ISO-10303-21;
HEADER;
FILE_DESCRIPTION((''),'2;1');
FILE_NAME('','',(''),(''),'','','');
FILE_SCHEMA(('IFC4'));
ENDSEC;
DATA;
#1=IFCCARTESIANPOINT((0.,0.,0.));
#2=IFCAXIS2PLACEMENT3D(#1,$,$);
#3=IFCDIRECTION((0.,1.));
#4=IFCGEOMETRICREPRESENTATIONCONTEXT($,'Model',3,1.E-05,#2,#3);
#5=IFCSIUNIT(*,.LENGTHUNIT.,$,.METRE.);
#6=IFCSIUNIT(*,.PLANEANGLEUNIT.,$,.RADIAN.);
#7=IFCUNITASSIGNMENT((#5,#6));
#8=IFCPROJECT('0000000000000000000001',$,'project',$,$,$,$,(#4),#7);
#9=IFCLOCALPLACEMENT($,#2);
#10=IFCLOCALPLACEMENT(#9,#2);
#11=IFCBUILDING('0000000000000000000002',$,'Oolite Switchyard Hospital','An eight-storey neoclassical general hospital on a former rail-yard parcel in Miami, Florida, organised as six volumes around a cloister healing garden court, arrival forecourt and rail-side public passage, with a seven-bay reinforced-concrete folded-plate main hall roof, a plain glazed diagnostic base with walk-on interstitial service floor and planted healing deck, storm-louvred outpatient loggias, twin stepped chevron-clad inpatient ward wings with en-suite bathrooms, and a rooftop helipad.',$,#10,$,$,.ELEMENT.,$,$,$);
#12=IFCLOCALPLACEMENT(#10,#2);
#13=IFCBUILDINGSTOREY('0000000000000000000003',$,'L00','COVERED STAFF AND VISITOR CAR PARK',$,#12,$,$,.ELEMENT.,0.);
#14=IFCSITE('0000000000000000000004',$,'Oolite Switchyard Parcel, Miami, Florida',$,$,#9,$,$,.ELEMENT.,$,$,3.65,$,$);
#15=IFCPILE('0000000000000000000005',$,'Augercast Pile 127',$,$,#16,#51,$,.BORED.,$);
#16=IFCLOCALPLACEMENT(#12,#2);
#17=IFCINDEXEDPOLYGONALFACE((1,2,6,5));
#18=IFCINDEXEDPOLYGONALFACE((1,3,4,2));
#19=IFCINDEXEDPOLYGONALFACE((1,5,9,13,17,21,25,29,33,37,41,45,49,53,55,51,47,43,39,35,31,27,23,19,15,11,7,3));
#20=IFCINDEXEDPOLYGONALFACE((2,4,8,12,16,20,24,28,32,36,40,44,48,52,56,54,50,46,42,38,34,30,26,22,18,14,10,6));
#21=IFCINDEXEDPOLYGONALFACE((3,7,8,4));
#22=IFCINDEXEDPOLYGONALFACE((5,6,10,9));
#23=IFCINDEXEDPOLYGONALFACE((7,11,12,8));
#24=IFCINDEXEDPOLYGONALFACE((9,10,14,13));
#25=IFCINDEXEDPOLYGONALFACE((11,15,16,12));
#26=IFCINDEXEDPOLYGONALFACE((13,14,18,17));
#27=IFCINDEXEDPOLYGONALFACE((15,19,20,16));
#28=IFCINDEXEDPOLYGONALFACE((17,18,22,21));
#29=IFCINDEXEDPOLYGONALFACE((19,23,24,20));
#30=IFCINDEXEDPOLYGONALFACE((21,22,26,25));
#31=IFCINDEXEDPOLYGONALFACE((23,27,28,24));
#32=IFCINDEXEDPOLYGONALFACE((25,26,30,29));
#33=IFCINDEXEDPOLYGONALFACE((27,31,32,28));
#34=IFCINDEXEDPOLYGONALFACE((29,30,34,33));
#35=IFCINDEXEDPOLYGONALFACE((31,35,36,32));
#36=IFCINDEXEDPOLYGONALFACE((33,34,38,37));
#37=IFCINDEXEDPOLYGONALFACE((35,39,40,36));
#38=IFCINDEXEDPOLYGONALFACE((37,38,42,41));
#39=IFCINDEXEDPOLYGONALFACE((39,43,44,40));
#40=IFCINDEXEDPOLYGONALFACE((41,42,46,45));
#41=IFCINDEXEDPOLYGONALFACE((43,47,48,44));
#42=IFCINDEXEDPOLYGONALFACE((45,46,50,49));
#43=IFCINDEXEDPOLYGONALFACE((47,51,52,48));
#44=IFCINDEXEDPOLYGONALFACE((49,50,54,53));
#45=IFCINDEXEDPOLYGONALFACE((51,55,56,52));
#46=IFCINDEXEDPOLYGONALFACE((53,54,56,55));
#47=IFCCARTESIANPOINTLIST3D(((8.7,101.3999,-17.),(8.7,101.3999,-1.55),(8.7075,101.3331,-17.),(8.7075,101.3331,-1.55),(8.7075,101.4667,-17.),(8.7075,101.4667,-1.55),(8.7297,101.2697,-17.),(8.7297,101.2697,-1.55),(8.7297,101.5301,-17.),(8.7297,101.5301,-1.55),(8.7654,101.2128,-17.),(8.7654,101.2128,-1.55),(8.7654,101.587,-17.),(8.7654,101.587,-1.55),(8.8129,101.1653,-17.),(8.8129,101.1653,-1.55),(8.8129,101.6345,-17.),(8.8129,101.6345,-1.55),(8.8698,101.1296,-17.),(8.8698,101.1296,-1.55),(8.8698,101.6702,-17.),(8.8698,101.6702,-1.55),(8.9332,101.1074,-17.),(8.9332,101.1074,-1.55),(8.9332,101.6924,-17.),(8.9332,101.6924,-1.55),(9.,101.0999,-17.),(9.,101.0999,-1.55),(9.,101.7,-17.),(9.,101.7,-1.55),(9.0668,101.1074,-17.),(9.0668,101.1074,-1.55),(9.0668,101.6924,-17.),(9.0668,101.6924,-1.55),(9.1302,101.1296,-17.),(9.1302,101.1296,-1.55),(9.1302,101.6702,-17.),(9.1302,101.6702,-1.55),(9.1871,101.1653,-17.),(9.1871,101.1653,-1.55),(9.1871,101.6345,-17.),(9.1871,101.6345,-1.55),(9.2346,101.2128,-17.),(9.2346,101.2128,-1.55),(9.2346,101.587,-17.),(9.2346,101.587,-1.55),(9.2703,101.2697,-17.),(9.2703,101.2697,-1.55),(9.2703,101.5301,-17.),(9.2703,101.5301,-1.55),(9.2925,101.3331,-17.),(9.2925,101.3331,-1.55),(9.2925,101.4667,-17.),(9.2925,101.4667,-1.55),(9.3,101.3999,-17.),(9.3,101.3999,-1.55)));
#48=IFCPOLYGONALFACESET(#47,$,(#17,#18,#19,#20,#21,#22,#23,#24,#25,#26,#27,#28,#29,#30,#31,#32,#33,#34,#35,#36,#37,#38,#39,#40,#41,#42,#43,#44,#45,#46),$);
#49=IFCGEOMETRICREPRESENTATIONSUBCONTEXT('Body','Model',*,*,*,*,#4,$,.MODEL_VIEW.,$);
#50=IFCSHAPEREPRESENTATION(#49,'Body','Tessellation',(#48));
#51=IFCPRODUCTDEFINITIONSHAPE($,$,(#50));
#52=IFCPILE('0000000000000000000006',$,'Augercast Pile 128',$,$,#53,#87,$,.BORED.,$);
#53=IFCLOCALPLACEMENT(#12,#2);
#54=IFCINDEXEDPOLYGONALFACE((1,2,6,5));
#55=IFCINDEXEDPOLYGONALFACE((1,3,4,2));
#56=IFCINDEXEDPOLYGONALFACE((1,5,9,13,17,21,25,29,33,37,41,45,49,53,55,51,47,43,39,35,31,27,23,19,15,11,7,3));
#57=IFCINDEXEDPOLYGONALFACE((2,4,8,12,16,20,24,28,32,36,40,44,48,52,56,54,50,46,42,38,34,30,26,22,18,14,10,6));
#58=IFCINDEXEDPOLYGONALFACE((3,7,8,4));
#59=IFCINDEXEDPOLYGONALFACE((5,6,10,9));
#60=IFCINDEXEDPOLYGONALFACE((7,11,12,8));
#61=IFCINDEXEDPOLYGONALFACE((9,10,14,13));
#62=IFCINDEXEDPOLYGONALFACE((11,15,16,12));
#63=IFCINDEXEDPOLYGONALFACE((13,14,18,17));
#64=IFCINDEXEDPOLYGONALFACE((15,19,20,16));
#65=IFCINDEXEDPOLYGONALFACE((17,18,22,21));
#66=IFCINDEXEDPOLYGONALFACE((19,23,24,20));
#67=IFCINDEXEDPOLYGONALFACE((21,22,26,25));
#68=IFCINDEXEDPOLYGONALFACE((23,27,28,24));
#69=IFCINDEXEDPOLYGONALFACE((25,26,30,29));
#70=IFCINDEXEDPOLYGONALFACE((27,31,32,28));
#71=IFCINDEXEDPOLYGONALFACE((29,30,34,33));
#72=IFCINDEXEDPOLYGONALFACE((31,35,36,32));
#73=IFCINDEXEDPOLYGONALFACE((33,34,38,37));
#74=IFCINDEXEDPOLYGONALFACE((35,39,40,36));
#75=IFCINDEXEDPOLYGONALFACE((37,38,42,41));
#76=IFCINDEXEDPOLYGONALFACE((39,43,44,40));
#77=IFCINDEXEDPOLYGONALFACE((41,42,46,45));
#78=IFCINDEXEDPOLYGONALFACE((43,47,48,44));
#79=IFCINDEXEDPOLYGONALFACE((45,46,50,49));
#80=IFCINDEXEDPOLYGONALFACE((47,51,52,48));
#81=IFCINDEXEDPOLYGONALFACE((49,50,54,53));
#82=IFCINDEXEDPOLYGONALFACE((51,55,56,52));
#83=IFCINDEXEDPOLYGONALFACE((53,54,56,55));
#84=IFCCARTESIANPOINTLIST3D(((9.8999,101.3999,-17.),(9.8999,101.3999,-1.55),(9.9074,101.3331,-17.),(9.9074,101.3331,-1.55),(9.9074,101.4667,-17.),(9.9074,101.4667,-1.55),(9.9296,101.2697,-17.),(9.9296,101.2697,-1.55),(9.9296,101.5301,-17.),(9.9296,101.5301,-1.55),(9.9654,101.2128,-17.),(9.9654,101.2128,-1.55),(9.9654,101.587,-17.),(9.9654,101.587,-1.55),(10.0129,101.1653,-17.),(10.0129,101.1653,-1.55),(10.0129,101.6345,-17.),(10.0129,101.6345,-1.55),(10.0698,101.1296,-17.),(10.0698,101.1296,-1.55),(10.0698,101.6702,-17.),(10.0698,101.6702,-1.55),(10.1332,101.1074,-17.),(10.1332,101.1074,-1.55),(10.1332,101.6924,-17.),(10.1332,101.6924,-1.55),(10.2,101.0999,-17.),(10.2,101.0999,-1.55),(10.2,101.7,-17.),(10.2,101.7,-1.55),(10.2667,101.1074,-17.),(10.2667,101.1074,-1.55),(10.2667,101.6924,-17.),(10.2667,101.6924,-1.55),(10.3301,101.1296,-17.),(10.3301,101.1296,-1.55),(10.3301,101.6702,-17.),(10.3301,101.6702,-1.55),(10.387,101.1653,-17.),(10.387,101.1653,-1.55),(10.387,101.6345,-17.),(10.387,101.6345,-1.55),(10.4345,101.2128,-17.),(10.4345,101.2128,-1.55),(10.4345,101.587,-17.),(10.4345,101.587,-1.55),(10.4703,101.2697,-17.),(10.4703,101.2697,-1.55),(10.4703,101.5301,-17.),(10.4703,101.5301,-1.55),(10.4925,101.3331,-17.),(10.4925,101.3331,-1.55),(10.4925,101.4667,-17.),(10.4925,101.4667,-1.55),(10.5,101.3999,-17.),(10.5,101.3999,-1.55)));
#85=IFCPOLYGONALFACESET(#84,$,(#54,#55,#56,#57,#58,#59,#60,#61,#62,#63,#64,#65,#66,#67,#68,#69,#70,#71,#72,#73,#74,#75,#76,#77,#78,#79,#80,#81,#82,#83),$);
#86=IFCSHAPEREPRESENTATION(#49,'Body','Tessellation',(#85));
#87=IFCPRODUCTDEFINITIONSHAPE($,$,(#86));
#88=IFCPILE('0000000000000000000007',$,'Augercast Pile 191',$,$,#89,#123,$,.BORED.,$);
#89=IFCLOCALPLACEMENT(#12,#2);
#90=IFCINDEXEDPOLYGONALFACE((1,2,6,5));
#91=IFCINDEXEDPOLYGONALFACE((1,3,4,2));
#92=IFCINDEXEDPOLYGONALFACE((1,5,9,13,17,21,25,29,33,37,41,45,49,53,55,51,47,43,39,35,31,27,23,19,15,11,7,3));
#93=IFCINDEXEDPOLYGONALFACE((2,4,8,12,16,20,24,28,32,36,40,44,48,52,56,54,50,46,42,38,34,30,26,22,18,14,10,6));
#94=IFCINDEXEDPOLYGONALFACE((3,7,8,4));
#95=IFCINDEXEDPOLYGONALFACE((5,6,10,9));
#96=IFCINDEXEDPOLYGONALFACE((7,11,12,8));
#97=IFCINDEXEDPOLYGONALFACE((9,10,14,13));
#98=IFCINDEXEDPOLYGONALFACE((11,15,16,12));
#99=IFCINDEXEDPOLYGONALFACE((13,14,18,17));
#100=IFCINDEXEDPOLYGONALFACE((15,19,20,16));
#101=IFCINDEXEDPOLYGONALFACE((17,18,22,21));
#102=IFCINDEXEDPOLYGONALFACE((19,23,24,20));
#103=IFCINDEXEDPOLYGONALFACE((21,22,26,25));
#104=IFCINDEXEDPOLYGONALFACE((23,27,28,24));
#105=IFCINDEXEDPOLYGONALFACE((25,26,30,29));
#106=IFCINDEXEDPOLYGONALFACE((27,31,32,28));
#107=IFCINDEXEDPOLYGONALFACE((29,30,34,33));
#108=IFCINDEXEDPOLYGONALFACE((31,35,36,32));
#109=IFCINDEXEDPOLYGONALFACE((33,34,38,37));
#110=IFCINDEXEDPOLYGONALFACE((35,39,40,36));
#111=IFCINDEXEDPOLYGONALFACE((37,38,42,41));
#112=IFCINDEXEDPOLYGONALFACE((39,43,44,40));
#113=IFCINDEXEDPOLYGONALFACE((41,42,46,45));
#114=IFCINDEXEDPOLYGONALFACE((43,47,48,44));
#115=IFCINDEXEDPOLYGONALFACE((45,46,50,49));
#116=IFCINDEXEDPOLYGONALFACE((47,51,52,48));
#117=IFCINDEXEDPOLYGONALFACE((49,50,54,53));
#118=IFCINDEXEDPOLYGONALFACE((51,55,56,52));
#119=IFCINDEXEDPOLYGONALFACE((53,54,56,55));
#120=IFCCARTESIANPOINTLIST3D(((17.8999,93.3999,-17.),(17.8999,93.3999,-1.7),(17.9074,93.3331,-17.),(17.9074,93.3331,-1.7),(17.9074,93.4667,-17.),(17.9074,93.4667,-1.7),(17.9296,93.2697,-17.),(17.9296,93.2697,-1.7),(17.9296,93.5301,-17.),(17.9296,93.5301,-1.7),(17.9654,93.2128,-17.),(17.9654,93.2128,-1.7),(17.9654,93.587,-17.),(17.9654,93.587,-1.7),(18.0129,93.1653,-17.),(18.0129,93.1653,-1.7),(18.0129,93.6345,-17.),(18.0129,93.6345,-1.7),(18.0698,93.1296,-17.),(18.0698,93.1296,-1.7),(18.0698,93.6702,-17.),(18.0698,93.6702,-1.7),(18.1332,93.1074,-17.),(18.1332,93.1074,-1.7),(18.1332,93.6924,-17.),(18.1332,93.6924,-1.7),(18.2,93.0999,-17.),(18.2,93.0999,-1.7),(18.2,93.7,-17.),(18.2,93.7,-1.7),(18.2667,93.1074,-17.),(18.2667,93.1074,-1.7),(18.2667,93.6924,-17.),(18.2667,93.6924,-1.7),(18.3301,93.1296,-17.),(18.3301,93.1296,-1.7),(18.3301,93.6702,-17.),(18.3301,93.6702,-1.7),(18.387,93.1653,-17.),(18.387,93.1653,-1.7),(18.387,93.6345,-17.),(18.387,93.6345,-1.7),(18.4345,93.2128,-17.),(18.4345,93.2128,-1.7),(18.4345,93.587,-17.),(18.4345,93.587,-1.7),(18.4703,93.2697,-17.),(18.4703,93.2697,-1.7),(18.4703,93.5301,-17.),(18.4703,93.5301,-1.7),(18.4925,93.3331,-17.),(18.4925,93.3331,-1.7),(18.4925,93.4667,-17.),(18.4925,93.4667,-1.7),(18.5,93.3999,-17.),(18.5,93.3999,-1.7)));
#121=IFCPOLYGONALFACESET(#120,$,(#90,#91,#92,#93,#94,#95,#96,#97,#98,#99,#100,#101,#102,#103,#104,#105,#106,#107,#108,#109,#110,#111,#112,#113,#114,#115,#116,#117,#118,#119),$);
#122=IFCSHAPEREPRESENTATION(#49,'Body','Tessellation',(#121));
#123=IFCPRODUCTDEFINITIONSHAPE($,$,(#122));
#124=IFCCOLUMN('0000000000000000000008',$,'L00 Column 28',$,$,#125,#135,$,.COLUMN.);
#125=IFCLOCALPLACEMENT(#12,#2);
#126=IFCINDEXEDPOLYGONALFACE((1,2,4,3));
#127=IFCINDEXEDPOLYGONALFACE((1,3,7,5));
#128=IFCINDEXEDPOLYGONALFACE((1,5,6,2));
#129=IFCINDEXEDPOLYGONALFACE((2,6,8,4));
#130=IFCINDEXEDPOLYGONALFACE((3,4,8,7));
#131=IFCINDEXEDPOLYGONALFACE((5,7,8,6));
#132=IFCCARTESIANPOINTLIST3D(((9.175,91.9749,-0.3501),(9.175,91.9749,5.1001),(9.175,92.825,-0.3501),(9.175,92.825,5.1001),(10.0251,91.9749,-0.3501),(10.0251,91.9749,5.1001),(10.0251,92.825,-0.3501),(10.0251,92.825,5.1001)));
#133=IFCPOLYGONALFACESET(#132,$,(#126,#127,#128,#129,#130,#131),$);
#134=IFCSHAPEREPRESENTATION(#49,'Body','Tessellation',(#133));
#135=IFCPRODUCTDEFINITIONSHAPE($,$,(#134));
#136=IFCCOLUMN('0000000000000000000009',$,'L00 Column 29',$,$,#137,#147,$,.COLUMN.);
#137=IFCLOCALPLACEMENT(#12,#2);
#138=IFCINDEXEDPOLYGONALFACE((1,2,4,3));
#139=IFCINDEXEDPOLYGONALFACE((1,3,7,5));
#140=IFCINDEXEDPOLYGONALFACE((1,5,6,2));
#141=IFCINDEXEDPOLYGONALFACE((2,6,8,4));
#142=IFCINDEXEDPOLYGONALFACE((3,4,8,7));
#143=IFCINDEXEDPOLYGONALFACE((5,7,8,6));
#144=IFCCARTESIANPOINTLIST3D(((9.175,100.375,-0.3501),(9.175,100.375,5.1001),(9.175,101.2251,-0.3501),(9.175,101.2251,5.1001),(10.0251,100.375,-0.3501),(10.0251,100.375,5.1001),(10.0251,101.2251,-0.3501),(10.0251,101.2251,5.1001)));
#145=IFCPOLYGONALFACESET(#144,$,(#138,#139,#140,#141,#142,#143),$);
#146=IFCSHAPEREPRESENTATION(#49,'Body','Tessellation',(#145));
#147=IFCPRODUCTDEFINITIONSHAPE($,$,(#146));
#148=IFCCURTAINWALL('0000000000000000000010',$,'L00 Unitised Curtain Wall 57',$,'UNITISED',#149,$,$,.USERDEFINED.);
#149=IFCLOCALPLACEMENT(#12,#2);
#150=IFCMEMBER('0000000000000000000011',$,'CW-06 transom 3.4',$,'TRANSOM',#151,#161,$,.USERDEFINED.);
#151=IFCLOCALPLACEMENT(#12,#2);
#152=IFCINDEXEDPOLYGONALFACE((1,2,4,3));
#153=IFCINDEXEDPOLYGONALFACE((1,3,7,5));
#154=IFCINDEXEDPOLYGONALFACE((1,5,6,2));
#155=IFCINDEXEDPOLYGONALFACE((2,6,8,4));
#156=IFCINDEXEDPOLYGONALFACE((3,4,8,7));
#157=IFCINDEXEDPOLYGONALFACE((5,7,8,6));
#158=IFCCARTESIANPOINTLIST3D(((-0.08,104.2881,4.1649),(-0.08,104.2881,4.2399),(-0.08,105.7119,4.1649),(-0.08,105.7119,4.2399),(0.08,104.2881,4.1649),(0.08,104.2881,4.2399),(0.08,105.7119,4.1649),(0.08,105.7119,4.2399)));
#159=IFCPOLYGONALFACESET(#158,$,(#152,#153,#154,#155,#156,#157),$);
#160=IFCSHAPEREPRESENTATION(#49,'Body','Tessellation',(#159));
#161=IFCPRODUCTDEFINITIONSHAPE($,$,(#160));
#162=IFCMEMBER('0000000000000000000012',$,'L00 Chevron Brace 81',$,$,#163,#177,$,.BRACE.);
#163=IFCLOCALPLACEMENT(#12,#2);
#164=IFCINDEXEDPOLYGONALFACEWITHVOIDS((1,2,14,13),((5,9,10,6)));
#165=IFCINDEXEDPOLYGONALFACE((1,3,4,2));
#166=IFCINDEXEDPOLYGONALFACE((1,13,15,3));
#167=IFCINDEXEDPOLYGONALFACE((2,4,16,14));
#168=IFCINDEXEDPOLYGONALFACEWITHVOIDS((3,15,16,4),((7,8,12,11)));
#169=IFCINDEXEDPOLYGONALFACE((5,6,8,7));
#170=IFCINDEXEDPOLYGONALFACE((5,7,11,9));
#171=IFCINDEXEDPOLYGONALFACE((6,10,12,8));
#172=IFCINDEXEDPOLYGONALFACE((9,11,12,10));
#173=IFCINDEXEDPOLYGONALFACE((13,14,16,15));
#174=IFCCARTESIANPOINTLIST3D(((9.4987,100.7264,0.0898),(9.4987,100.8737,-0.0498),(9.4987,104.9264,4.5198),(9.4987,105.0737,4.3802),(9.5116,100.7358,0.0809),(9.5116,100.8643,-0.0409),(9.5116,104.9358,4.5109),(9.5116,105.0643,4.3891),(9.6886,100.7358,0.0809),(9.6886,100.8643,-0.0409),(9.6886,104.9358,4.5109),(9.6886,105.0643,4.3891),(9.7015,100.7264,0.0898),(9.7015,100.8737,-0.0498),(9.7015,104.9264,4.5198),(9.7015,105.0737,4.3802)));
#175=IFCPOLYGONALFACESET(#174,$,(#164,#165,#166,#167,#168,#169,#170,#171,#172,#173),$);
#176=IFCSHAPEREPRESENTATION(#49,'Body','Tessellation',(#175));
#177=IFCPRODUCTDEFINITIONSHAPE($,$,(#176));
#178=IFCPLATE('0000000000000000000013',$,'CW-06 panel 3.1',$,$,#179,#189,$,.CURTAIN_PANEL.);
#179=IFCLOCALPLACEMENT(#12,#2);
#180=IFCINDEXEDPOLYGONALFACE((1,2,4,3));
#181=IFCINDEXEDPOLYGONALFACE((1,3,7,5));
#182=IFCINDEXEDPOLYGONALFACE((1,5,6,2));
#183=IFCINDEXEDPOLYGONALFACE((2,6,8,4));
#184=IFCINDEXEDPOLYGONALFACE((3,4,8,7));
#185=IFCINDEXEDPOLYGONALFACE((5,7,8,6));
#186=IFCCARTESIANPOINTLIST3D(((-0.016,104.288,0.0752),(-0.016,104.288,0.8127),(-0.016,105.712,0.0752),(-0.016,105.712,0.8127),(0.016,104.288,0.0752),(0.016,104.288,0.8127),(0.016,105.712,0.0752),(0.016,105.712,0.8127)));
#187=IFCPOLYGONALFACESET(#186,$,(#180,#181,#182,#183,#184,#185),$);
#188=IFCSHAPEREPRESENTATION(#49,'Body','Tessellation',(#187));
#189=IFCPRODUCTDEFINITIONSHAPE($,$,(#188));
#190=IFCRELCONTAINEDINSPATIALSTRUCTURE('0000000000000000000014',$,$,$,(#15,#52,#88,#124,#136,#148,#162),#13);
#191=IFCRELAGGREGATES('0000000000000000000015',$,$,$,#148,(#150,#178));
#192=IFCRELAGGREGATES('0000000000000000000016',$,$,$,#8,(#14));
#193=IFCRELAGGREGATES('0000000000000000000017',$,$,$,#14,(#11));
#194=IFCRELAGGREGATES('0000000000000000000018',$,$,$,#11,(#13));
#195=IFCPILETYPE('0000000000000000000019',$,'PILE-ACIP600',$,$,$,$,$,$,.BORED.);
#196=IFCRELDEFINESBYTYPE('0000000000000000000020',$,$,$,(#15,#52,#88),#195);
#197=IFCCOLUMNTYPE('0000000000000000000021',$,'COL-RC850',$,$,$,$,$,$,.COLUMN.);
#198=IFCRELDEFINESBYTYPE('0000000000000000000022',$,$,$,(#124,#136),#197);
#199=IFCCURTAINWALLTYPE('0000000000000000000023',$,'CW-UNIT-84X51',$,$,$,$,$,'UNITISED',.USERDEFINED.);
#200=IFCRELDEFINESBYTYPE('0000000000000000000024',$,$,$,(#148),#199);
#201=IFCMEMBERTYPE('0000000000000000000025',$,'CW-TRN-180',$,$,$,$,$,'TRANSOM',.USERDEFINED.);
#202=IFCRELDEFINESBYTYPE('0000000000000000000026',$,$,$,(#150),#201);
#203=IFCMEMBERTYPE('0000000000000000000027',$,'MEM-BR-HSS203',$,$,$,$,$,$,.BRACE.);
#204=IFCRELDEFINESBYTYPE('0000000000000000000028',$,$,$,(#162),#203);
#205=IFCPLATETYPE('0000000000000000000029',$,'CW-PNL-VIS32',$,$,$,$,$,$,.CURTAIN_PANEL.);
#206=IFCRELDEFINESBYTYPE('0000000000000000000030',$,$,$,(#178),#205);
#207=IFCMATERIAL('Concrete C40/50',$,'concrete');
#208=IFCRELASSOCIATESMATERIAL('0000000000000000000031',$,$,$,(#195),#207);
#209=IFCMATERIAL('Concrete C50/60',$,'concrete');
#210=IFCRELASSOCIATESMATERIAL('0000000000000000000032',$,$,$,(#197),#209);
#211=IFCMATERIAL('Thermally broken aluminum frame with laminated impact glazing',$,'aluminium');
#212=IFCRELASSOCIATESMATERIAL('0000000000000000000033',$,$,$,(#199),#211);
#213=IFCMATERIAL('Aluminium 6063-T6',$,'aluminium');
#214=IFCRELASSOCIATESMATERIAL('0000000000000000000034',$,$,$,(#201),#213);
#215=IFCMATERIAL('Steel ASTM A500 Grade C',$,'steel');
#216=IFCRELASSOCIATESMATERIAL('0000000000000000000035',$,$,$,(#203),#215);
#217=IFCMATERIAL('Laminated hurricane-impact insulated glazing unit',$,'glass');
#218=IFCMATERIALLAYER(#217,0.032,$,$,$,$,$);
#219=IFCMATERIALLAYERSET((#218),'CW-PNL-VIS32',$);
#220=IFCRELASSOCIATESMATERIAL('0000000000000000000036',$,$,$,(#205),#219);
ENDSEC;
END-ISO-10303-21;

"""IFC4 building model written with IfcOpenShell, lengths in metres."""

from ifc_helpers import new_model, si_unit, direction, frame, origin, origin_2d, place, context, subcontext, project, spatial, rectangle, hollow_rectangle, circle, extrude, material, layer, layer_set, material_profile, profile_set, type_object, element, aggregate, save


model = new_model("IFC4")

# Units and contexts
model_context = context("Model", 3, precision=1e-05, world=origin(), true_north=direction((0.0, 1.0)))
body_context = subcontext(model_context, "Body", "Model", "MODEL_VIEW")
ifc_project = project(units=[si_unit("LENGTHUNIT", "METRE"), si_unit("PLANEANGLEUNIT", "RADIAN")], contexts=[model_context])

# Site, building, storey
site_placement = place(None, origin())
site = spatial("IfcSite", under=ifc_project, at=site_placement, Name="Oolite Switchyard Parcel, Miami, Florida", CompositionType="ELEMENT", RefElevation=3.65)
building_placement = place(site_placement, origin())
building = spatial("IfcBuilding", under=site, at=building_placement, Name="Oolite Switchyard Hospital", Description="An eight-storey neoclassical general hospital on a former rail-yard parcel in Miami, Florida, organised as six volumes around a cloister healing garden court, arrival forecourt and rail-side public passage, with a seven-bay reinforced-concrete folded-plate main hall roof, a plain glazed diagnostic base with walk-on interstitial service floor and planted healing deck, storm-louvred outpatient loggias, twin stepped chevron-clad inpatient ward wings with en-suite bathrooms, and a rooftop helipad.", CompositionType="ELEMENT")
storey_placement = place(building_placement, origin())
storey = spatial("IfcBuildingStorey", under=building, at=storey_placement, Name="L00", Description="COVERED STAFF AND VISITOR CAR PARK", CompositionType="ELEMENT", Elevation=0.0)

# Shared definitions
ifc_material_1 = material(Name="Concrete C40/50", Category="concrete")

# Piles
ifc_material_profile_1 = material_profile(ifc_material_1, circle(Radius=0.3, at=origin_2d()), Name="PILE600")
ifc_profile_set_1 = profile_set([ifc_material_profile_1], Name="Concrete C40/50")
pile_type = type_object("IfcPileType", Name="PILE-ACIP600", PredefinedType="BORED", material=ifc_profile_set_1)
for number, where, z_axis, x_axis, name in (
    (1, (9.0, 101.3999, -1.55), (0.0, 0.0, -1.0), (1.0, 0.0, 0.0), "Augercast Pile 127"),
    (2, (10.2, 101.3999, -1.55), (0.0, 0.0, -1.0), (1.0, 0.0, 0.0), "Augercast Pile 128"),
):
    element("IfcPile", number, at=place(storey_placement, frame(where, z_axis=z_axis, x_axis=x_axis)), inside=storey, type_object=pile_type, Name=name, PredefinedType="BORED", context=body_context, shape_type="SweptSolid", body=[
        extrude(circle(Radius=0.3, at=origin_2d()), origin(), (0.0, 0.0, 1.0), 15.45),
    ])
pile_1_placement = place(storey_placement, frame((18.2, 93.3999, -1.7), z_axis=(0.0, 0.0, -1.0), x_axis=(1.0, 0.0, 0.0)))
element("IfcPile", 3, at=pile_1_placement, inside=storey, type_object=pile_type, Name="Augercast Pile 191", PredefinedType="BORED", context=body_context, shape_type="SweptSolid", body=[
    extrude(circle(Radius=0.3, at=origin_2d()), origin(), (0.0, 0.0, 1.0), 15.3),
])

# Columns
ifc_material_2 = material(Name="Concrete C50/60", Category="concrete")
ifc_material_profile_2 = material_profile(ifc_material_2, rectangle(XDim=0.8501, YDim=0.8501, at=origin_2d()), Name="RC850X850")
ifc_profile_set_2 = profile_set([ifc_material_profile_2], Name="Concrete C50/60")
column_type = type_object("IfcColumnType", Name="COL-RC850", PredefinedType="COLUMN", material=ifc_profile_set_2)
for number, where, z_axis, x_axis, name in (
    (4, (9.6001, 92.3999, -0.3501), (0.0, 0.0, 1.0), (1.0, 0.0, 0.0), "L00 Column 28"),
    (5, (9.6001, 100.8, -0.3501), (0.0, 0.0, 1.0), (1.0, 0.0, 0.0), "L00 Column 29"),
):
    element("IfcColumn", number, at=place(storey_placement, frame(where, z_axis=z_axis, x_axis=x_axis)), inside=storey, type_object=column_type, Name=name, PredefinedType="COLUMN", context=body_context, shape_type="SweptSolid", body=[
        extrude(rectangle(XDim=0.8501, YDim=0.8501, at=origin_2d()), origin(), (0.0, 0.0, 1.0), 5.4502),
    ])

# Curtain wall, member
ifc_material_3 = material(Name="Thermally broken aluminum frame with laminated impact glazing", Category="aluminium")
curtain_wall_type = type_object("IfcCurtainWallType", Name="CW-UNIT-84X51", ElementType="UNITISED", PredefinedType="USERDEFINED", material=ifc_material_3)
curtain_wall_placement = place(storey_placement, origin())
curtain_wall = element("IfcCurtainWall", 6, at=curtain_wall_placement, inside=storey, type_object=curtain_wall_type, Name="L00 Unitised Curtain Wall 57", ObjectType="UNITISED", PredefinedType="USERDEFINED")
ifc_material_4 = material(Name="Aluminium 6063-T6", Category="aluminium")
ifc_material_profile_3 = material_profile(ifc_material_4, rectangle(XDim=0.1599, YDim=0.075, at=origin_2d()), Name="CWT75X160")
ifc_profile_set_3 = profile_set([ifc_material_profile_3], Name="Aluminium 6063-T6")
member_type_1 = type_object("IfcMemberType", Name="CW-TRN-180", ElementType="TRANSOM", PredefinedType="USERDEFINED", material=ifc_profile_set_3)
member_1_placement = place(storey_placement, frame((0.0, 104.2881, 4.2024), z_axis=(0.0, 1.0, 0.0), x_axis=(-1.0, 0.0, 0.0)))
member_1 = element("IfcMember", 7, at=member_1_placement, type_object=member_type_1, Name="CW-06 transom 3.4", ObjectType="TRANSOM", PredefinedType="USERDEFINED", context=body_context, shape_type="SweptSolid", body=[
    extrude(rectangle(XDim=0.1599, YDim=0.075, at=origin_2d()), origin(), (0.0, 0.0, 1.0), 1.4238),
])

# Member
ifc_material_5 = material(Name="Steel ASTM A500 Grade C", Category="steel")
ifc_material_profile_4 = material_profile(ifc_material_5, hollow_rectangle(XDim=0.2029, YDim=0.2029, WallThickness=0.0129, at=origin_2d()), Name="HSS203X203X13")
ifc_profile_set_4 = profile_set([ifc_material_profile_4], Name="Steel ASTM A500 Grade C")
member_type_2 = type_object("IfcMemberType", Name="MEM-BR-HSS203", PredefinedType="BRACE", material=ifc_profile_set_4)
member_2_placement = place(storey_placement, frame((9.6001, 100.8, 0.02), z_axis=(0.0, 0.688019, 0.725693), x_axis=(-1.0, 0.0, 0.0)))
element("IfcMember", 8, at=member_2_placement, inside=storey, type_object=member_type_2, Name="L00 Chevron Brace 81", PredefinedType="BRACE", context=body_context, shape_type="SweptSolid", body=[
    extrude(hollow_rectangle(XDim=0.2029, YDim=0.2029, WallThickness=0.0129, at=origin_2d()), origin(), (0.0, 0.0, 1.0), 6.1045),
])

# Plate
ifc_material_6 = material(Name="Laminated hurricane-impact insulated glazing unit", Category="glass")
ifc_layer_1 = layer(ifc_material_6, 0.032)
ifc_layer_set_1 = layer_set([ifc_layer_1], Name="CW-PNL-VIS32")
plate_type_1 = type_object("IfcPlateType", Name="CW-PNL-VIS32", PredefinedType="CURTAIN_PANEL", material=ifc_layer_set_1)
plate_1_placement = place(storey_placement, frame((0.0, 105.0, 0.0752), z_axis=(0.0, 0.0, 1.0), x_axis=(0.0, 1.0, 0.0)))
plate_1 = element("IfcPlate", 9, at=plate_1_placement, type_object=plate_type_1, Name="CW-06 panel 3.1", PredefinedType="CURTAIN_PANEL", context=body_context, shape_type="SweptSolid", body=[
    extrude(rectangle(XDim=1.4241, YDim=0.032, at=origin_2d()), origin(), (0.0, 0.0, 1.0), 0.7375),
])
aggregate(curtain_wall, [member_1, plate_1])

save(model, "model.ifc")
